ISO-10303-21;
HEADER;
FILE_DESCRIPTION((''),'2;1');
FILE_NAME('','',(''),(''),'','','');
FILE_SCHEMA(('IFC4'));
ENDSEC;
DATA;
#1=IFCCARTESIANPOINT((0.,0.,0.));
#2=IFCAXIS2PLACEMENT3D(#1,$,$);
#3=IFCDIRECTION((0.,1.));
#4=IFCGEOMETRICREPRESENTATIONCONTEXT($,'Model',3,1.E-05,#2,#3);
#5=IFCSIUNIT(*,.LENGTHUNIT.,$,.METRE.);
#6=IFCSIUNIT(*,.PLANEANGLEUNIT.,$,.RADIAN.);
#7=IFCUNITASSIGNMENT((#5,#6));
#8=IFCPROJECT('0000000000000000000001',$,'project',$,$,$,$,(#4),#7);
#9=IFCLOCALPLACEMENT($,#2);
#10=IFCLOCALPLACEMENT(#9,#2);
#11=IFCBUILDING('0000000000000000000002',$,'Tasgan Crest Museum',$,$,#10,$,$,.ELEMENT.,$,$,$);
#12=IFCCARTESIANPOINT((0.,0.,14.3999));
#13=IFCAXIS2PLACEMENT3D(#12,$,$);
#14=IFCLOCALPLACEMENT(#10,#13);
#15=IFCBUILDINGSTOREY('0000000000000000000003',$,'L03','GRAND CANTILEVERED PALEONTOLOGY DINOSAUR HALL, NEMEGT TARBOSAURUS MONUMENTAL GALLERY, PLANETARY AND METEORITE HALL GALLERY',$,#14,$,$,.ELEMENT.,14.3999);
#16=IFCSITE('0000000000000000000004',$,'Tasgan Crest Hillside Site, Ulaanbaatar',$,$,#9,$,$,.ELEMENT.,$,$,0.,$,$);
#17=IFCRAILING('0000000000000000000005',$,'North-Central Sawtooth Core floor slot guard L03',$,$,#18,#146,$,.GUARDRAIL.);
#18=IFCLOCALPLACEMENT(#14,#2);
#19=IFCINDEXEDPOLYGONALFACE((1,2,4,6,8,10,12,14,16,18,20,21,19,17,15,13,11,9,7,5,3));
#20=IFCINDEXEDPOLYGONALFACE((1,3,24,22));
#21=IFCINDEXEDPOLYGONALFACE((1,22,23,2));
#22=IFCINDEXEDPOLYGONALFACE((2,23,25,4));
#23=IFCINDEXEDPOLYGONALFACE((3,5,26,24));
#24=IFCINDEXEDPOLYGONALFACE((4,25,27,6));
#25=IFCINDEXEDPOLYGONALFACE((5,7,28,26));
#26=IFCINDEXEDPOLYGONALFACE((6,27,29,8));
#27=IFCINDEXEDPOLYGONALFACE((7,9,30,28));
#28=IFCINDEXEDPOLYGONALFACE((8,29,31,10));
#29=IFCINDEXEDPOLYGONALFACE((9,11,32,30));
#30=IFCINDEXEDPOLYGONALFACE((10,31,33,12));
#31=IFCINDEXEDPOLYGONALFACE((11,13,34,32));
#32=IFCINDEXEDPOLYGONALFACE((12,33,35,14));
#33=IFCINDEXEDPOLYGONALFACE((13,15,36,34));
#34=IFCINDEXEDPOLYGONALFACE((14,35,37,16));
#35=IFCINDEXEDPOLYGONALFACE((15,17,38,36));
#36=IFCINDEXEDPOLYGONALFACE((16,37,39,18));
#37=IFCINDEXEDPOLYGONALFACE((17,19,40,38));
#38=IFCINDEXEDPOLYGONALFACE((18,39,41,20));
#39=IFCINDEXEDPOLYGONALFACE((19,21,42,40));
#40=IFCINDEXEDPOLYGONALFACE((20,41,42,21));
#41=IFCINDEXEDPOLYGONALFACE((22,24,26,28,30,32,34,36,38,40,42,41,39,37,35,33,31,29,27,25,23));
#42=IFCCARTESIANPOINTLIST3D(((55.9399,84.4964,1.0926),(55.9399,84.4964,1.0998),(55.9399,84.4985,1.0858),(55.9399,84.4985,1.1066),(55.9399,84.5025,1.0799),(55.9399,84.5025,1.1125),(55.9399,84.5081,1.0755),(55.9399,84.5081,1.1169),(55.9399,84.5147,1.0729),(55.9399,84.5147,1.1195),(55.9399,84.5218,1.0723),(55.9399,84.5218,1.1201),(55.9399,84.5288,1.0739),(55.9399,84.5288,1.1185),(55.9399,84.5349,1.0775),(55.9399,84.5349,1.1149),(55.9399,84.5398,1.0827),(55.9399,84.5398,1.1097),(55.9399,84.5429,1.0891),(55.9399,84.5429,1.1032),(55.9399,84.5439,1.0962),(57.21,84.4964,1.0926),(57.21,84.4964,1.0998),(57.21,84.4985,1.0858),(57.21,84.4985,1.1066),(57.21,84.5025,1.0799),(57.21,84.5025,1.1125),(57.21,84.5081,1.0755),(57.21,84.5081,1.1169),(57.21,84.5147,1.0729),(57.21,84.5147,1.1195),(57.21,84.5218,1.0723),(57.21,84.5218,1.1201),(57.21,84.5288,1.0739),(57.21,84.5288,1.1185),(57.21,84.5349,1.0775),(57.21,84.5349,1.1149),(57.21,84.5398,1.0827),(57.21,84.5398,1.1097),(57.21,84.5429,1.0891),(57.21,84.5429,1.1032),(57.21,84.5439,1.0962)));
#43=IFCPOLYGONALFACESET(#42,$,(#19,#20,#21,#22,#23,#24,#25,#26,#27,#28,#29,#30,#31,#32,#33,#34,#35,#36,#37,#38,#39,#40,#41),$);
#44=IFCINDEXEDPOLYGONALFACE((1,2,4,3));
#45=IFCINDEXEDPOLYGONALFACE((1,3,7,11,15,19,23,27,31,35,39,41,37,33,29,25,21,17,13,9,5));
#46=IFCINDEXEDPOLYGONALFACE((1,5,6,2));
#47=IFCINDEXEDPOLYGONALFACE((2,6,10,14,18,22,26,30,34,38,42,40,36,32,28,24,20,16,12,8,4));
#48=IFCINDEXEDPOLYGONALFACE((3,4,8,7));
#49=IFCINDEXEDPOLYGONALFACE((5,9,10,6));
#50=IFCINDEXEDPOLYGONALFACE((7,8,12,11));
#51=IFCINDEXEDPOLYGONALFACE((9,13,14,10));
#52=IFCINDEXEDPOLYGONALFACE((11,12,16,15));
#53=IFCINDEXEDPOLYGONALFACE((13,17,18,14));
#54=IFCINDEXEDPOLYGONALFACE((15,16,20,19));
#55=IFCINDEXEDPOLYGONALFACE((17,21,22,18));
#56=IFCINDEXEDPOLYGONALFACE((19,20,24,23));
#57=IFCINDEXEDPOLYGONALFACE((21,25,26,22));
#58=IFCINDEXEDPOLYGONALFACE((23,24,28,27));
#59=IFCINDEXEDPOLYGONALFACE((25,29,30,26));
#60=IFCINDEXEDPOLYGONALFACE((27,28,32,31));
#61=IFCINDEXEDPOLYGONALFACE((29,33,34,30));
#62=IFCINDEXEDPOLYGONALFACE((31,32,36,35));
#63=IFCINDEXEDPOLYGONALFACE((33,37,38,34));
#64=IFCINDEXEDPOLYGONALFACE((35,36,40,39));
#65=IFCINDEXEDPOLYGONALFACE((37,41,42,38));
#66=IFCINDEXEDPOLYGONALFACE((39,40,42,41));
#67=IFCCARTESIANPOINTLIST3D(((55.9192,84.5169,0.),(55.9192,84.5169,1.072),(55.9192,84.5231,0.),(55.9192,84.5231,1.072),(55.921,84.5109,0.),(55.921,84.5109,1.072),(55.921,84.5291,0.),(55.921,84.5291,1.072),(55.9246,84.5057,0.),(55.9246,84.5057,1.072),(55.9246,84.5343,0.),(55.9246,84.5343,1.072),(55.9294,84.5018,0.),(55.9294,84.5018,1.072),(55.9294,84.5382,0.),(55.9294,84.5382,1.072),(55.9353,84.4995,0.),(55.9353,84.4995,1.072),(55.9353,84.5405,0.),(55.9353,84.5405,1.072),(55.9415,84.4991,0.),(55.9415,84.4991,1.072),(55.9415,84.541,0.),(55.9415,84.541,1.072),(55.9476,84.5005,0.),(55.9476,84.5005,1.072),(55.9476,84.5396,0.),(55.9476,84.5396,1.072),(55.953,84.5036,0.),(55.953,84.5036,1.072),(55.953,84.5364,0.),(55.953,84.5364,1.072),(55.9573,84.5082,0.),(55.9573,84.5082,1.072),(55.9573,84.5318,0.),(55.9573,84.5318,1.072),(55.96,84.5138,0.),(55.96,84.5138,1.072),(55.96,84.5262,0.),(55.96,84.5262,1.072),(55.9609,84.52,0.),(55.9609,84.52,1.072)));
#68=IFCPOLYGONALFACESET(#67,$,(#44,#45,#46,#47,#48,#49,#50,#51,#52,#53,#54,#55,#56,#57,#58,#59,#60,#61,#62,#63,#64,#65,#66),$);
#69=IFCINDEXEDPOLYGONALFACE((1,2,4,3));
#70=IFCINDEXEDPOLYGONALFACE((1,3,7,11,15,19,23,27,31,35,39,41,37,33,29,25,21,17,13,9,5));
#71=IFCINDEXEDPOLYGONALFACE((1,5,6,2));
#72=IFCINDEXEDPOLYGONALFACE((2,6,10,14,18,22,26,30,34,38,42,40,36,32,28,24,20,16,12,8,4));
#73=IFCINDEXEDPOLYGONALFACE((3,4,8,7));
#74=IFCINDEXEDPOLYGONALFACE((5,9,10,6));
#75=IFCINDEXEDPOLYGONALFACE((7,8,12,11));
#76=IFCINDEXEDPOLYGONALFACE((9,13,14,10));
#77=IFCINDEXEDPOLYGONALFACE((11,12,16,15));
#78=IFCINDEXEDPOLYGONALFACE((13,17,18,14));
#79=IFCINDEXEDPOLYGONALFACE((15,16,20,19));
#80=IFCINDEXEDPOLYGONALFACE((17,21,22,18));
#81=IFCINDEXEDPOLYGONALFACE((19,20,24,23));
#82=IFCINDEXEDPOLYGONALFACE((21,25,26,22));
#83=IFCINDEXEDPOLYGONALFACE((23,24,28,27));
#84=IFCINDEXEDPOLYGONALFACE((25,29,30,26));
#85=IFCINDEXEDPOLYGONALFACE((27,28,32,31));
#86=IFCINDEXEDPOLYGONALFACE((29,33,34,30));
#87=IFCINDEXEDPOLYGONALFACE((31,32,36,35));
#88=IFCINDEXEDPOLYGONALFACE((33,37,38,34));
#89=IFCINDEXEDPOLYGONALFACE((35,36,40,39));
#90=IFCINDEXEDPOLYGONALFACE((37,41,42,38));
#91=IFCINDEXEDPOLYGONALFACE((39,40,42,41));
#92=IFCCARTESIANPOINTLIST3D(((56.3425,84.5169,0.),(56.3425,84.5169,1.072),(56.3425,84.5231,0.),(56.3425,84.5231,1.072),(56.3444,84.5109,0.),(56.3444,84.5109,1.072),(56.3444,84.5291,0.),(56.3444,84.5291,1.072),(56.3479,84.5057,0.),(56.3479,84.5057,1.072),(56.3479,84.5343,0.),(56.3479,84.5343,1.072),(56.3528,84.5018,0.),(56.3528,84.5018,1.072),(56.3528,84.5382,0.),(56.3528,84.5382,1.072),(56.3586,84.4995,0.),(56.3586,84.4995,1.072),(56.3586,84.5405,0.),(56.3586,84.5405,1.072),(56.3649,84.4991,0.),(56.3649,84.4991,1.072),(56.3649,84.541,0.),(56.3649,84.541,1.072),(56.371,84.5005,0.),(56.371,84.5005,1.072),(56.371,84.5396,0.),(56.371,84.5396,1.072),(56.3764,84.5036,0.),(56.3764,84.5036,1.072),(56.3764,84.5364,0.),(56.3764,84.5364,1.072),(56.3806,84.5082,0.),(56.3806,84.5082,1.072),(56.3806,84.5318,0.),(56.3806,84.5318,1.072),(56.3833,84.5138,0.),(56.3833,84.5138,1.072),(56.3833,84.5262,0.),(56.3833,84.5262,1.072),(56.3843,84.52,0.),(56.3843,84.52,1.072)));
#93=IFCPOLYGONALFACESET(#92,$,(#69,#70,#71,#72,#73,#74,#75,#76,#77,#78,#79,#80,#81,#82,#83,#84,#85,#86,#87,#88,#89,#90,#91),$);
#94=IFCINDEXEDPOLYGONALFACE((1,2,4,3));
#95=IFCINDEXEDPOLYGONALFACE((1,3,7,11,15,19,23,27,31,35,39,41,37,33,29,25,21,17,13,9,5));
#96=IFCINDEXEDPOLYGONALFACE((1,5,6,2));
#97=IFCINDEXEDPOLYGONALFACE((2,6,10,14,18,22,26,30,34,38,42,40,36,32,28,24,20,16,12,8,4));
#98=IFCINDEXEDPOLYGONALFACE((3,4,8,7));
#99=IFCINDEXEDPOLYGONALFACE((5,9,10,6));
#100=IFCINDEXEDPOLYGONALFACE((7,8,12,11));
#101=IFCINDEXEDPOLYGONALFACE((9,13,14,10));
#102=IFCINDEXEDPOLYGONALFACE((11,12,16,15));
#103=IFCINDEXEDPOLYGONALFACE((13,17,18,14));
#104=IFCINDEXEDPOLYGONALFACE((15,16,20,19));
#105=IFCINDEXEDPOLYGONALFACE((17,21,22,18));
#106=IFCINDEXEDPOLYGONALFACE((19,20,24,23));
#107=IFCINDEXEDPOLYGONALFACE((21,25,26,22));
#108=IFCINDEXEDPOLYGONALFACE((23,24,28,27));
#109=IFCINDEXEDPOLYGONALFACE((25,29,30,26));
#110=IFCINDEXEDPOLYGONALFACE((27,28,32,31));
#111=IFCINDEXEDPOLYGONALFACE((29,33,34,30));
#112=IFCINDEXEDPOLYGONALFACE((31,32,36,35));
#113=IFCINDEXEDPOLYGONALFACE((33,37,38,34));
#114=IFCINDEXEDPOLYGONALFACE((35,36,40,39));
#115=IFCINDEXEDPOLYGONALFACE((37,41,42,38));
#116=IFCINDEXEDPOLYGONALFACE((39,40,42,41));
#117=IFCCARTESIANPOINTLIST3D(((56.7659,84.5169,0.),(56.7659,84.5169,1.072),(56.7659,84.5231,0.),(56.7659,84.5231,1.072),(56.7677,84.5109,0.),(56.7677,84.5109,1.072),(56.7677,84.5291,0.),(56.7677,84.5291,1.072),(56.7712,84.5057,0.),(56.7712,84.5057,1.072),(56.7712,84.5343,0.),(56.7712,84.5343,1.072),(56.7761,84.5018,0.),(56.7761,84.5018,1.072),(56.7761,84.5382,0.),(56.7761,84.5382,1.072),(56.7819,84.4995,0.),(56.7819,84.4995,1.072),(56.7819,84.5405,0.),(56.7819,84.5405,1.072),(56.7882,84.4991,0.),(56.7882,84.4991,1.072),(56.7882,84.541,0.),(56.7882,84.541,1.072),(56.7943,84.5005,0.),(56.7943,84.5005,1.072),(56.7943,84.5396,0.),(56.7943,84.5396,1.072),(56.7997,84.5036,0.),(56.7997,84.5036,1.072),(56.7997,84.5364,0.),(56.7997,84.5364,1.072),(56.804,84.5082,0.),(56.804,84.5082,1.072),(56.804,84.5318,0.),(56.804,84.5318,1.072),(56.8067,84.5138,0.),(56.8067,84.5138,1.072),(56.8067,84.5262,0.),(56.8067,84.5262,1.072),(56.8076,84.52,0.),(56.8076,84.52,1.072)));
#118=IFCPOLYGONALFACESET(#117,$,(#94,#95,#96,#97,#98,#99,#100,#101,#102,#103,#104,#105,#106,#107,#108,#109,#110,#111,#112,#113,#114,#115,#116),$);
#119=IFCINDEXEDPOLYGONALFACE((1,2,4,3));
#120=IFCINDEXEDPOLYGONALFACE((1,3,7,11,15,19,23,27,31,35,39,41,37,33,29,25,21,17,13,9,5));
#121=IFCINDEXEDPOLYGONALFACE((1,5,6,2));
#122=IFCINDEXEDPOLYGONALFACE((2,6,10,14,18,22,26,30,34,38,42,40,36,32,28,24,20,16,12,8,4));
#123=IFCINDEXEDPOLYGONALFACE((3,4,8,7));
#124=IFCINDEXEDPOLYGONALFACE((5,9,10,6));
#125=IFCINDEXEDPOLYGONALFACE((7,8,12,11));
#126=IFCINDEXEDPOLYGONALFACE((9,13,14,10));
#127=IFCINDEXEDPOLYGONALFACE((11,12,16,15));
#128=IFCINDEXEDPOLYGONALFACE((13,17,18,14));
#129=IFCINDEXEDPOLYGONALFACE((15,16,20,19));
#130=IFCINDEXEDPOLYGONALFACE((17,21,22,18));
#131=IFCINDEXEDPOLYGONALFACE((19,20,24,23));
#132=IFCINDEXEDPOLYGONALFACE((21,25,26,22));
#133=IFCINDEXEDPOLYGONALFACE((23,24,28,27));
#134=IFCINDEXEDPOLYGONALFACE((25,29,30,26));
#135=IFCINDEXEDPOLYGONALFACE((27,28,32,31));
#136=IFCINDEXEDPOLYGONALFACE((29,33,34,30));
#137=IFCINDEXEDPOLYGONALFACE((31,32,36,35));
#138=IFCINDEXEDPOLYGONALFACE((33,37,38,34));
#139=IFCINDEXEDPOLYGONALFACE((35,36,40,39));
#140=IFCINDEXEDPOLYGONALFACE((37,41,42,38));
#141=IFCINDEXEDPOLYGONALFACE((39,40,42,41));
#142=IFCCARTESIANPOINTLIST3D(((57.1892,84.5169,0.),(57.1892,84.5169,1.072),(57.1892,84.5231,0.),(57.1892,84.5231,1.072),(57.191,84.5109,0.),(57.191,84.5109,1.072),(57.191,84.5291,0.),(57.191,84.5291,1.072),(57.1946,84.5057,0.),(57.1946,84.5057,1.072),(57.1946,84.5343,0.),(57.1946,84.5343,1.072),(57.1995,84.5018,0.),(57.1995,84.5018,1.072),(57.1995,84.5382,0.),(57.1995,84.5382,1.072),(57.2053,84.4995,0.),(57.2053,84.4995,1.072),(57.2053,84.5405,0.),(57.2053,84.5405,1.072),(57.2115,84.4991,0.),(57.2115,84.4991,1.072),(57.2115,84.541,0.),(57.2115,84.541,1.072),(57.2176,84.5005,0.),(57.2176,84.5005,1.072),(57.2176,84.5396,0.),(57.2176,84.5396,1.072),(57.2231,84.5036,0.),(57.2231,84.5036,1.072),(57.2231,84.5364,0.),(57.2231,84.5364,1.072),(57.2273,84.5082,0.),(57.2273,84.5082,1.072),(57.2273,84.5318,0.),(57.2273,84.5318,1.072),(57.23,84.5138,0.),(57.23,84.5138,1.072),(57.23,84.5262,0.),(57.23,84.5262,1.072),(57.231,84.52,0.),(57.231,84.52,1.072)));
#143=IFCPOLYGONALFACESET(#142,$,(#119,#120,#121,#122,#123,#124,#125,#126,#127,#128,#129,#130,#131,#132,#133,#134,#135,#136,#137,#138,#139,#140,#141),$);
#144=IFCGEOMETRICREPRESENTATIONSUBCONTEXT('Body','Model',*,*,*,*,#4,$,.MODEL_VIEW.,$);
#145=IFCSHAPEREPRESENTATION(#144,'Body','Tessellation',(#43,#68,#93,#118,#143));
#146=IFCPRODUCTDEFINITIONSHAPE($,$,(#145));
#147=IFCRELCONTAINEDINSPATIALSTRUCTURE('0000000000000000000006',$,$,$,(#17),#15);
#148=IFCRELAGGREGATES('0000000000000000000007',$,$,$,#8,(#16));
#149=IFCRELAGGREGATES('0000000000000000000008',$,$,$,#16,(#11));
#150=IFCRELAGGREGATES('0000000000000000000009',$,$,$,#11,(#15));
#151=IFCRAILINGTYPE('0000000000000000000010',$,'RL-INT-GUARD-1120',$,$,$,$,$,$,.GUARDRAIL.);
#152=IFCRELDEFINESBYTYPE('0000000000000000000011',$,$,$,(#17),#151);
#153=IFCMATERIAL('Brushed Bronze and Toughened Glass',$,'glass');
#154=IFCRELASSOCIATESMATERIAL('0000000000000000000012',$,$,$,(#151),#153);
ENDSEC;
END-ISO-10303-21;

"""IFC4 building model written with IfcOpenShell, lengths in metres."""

from ifc_helpers import new_model, si_unit, direction, frame, origin, origin_2d, place, context, subcontext, project, spatial, circle, extrude, material, type_object, element, save


model = new_model("IFC4")

# Units and contexts
model_context = context("Model", 3, precision=1e-05, world=origin(), true_north=direction((0.0, 1.0)))
body_context = subcontext(model_context, "Body", "Model", "MODEL_VIEW")
ifc_project = project(units=[si_unit("LENGTHUNIT", "METRE"), si_unit("PLANEANGLEUNIT", "RADIAN")], contexts=[model_context])

# Site, building, storey
site_placement = place(None, origin())
site = spatial("IfcSite", under=ifc_project, at=site_placement, Name="Tasgan Crest Hillside Site, Ulaanbaatar", CompositionType="ELEMENT", RefElevation=0.0)
building_placement = place(site_placement, origin())
building = spatial("IfcBuilding", under=site, at=building_placement, Name="Tasgan Crest Museum", CompositionType="ELEMENT")
storey_placement = place(building_placement, frame((0.0, 0.0, 14.3999)))
storey = spatial("IfcBuildingStorey", under=building, at=storey_placement, Name="L03", Description="GRAND CANTILEVERED PALEONTOLOGY DINOSAUR HALL, NEMEGT TARBOSAURUS MONUMENTAL GALLERY, PLANETARY AND METEORITE HALL GALLERY", CompositionType="ELEMENT", Elevation=14.3999)

# Railing
ifc_material_1 = material(Name="Brushed Bronze and Toughened Glass", Category="glass")
railing_type_1 = type_object("IfcRailingType", Name="RL-INT-GUARD-1120", PredefinedType="GUARDRAIL", material=ifc_material_1)
railing_1_placement = place(storey_placement, frame((55.9399, 84.52, 0.0)))
element("IfcRailing", 1, at=railing_1_placement, inside=storey, type_object=railing_type_1, Name="North-Central Sawtooth Core floor slot guard L03", PredefinedType="GUARDRAIL", context=body_context, shape_type="SweptSolid", body=[
    extrude(circle(Radius=0.0239, at=origin_2d()), frame((0.0, 0.0, 1.0962), z_axis=(1.0, 0.0, 0.0), x_axis=(0.0, 1.0, 0.0)), (0.0, 0.0, 1.0), 1.27),
    extrude(circle(Radius=0.021, at=origin_2d()), origin(), (0.0, 0.0, 1.0), 1.072),
    extrude(circle(Radius=0.021, at=origin_2d()), frame((0.4233, 0.0, 0.0)), (0.0, 0.0, 1.0), 1.072),
    extrude(circle(Radius=0.021, at=origin_2d()), frame((0.8467, 0.0, 0.0)), (0.0, 0.0, 1.0), 1.072),
    extrude(circle(Radius=0.021, at=origin_2d()), frame((1.27, 0.0, 0.0)), (0.0, 0.0, 1.0), 1.072),
])

save(model, "model.ifc")
